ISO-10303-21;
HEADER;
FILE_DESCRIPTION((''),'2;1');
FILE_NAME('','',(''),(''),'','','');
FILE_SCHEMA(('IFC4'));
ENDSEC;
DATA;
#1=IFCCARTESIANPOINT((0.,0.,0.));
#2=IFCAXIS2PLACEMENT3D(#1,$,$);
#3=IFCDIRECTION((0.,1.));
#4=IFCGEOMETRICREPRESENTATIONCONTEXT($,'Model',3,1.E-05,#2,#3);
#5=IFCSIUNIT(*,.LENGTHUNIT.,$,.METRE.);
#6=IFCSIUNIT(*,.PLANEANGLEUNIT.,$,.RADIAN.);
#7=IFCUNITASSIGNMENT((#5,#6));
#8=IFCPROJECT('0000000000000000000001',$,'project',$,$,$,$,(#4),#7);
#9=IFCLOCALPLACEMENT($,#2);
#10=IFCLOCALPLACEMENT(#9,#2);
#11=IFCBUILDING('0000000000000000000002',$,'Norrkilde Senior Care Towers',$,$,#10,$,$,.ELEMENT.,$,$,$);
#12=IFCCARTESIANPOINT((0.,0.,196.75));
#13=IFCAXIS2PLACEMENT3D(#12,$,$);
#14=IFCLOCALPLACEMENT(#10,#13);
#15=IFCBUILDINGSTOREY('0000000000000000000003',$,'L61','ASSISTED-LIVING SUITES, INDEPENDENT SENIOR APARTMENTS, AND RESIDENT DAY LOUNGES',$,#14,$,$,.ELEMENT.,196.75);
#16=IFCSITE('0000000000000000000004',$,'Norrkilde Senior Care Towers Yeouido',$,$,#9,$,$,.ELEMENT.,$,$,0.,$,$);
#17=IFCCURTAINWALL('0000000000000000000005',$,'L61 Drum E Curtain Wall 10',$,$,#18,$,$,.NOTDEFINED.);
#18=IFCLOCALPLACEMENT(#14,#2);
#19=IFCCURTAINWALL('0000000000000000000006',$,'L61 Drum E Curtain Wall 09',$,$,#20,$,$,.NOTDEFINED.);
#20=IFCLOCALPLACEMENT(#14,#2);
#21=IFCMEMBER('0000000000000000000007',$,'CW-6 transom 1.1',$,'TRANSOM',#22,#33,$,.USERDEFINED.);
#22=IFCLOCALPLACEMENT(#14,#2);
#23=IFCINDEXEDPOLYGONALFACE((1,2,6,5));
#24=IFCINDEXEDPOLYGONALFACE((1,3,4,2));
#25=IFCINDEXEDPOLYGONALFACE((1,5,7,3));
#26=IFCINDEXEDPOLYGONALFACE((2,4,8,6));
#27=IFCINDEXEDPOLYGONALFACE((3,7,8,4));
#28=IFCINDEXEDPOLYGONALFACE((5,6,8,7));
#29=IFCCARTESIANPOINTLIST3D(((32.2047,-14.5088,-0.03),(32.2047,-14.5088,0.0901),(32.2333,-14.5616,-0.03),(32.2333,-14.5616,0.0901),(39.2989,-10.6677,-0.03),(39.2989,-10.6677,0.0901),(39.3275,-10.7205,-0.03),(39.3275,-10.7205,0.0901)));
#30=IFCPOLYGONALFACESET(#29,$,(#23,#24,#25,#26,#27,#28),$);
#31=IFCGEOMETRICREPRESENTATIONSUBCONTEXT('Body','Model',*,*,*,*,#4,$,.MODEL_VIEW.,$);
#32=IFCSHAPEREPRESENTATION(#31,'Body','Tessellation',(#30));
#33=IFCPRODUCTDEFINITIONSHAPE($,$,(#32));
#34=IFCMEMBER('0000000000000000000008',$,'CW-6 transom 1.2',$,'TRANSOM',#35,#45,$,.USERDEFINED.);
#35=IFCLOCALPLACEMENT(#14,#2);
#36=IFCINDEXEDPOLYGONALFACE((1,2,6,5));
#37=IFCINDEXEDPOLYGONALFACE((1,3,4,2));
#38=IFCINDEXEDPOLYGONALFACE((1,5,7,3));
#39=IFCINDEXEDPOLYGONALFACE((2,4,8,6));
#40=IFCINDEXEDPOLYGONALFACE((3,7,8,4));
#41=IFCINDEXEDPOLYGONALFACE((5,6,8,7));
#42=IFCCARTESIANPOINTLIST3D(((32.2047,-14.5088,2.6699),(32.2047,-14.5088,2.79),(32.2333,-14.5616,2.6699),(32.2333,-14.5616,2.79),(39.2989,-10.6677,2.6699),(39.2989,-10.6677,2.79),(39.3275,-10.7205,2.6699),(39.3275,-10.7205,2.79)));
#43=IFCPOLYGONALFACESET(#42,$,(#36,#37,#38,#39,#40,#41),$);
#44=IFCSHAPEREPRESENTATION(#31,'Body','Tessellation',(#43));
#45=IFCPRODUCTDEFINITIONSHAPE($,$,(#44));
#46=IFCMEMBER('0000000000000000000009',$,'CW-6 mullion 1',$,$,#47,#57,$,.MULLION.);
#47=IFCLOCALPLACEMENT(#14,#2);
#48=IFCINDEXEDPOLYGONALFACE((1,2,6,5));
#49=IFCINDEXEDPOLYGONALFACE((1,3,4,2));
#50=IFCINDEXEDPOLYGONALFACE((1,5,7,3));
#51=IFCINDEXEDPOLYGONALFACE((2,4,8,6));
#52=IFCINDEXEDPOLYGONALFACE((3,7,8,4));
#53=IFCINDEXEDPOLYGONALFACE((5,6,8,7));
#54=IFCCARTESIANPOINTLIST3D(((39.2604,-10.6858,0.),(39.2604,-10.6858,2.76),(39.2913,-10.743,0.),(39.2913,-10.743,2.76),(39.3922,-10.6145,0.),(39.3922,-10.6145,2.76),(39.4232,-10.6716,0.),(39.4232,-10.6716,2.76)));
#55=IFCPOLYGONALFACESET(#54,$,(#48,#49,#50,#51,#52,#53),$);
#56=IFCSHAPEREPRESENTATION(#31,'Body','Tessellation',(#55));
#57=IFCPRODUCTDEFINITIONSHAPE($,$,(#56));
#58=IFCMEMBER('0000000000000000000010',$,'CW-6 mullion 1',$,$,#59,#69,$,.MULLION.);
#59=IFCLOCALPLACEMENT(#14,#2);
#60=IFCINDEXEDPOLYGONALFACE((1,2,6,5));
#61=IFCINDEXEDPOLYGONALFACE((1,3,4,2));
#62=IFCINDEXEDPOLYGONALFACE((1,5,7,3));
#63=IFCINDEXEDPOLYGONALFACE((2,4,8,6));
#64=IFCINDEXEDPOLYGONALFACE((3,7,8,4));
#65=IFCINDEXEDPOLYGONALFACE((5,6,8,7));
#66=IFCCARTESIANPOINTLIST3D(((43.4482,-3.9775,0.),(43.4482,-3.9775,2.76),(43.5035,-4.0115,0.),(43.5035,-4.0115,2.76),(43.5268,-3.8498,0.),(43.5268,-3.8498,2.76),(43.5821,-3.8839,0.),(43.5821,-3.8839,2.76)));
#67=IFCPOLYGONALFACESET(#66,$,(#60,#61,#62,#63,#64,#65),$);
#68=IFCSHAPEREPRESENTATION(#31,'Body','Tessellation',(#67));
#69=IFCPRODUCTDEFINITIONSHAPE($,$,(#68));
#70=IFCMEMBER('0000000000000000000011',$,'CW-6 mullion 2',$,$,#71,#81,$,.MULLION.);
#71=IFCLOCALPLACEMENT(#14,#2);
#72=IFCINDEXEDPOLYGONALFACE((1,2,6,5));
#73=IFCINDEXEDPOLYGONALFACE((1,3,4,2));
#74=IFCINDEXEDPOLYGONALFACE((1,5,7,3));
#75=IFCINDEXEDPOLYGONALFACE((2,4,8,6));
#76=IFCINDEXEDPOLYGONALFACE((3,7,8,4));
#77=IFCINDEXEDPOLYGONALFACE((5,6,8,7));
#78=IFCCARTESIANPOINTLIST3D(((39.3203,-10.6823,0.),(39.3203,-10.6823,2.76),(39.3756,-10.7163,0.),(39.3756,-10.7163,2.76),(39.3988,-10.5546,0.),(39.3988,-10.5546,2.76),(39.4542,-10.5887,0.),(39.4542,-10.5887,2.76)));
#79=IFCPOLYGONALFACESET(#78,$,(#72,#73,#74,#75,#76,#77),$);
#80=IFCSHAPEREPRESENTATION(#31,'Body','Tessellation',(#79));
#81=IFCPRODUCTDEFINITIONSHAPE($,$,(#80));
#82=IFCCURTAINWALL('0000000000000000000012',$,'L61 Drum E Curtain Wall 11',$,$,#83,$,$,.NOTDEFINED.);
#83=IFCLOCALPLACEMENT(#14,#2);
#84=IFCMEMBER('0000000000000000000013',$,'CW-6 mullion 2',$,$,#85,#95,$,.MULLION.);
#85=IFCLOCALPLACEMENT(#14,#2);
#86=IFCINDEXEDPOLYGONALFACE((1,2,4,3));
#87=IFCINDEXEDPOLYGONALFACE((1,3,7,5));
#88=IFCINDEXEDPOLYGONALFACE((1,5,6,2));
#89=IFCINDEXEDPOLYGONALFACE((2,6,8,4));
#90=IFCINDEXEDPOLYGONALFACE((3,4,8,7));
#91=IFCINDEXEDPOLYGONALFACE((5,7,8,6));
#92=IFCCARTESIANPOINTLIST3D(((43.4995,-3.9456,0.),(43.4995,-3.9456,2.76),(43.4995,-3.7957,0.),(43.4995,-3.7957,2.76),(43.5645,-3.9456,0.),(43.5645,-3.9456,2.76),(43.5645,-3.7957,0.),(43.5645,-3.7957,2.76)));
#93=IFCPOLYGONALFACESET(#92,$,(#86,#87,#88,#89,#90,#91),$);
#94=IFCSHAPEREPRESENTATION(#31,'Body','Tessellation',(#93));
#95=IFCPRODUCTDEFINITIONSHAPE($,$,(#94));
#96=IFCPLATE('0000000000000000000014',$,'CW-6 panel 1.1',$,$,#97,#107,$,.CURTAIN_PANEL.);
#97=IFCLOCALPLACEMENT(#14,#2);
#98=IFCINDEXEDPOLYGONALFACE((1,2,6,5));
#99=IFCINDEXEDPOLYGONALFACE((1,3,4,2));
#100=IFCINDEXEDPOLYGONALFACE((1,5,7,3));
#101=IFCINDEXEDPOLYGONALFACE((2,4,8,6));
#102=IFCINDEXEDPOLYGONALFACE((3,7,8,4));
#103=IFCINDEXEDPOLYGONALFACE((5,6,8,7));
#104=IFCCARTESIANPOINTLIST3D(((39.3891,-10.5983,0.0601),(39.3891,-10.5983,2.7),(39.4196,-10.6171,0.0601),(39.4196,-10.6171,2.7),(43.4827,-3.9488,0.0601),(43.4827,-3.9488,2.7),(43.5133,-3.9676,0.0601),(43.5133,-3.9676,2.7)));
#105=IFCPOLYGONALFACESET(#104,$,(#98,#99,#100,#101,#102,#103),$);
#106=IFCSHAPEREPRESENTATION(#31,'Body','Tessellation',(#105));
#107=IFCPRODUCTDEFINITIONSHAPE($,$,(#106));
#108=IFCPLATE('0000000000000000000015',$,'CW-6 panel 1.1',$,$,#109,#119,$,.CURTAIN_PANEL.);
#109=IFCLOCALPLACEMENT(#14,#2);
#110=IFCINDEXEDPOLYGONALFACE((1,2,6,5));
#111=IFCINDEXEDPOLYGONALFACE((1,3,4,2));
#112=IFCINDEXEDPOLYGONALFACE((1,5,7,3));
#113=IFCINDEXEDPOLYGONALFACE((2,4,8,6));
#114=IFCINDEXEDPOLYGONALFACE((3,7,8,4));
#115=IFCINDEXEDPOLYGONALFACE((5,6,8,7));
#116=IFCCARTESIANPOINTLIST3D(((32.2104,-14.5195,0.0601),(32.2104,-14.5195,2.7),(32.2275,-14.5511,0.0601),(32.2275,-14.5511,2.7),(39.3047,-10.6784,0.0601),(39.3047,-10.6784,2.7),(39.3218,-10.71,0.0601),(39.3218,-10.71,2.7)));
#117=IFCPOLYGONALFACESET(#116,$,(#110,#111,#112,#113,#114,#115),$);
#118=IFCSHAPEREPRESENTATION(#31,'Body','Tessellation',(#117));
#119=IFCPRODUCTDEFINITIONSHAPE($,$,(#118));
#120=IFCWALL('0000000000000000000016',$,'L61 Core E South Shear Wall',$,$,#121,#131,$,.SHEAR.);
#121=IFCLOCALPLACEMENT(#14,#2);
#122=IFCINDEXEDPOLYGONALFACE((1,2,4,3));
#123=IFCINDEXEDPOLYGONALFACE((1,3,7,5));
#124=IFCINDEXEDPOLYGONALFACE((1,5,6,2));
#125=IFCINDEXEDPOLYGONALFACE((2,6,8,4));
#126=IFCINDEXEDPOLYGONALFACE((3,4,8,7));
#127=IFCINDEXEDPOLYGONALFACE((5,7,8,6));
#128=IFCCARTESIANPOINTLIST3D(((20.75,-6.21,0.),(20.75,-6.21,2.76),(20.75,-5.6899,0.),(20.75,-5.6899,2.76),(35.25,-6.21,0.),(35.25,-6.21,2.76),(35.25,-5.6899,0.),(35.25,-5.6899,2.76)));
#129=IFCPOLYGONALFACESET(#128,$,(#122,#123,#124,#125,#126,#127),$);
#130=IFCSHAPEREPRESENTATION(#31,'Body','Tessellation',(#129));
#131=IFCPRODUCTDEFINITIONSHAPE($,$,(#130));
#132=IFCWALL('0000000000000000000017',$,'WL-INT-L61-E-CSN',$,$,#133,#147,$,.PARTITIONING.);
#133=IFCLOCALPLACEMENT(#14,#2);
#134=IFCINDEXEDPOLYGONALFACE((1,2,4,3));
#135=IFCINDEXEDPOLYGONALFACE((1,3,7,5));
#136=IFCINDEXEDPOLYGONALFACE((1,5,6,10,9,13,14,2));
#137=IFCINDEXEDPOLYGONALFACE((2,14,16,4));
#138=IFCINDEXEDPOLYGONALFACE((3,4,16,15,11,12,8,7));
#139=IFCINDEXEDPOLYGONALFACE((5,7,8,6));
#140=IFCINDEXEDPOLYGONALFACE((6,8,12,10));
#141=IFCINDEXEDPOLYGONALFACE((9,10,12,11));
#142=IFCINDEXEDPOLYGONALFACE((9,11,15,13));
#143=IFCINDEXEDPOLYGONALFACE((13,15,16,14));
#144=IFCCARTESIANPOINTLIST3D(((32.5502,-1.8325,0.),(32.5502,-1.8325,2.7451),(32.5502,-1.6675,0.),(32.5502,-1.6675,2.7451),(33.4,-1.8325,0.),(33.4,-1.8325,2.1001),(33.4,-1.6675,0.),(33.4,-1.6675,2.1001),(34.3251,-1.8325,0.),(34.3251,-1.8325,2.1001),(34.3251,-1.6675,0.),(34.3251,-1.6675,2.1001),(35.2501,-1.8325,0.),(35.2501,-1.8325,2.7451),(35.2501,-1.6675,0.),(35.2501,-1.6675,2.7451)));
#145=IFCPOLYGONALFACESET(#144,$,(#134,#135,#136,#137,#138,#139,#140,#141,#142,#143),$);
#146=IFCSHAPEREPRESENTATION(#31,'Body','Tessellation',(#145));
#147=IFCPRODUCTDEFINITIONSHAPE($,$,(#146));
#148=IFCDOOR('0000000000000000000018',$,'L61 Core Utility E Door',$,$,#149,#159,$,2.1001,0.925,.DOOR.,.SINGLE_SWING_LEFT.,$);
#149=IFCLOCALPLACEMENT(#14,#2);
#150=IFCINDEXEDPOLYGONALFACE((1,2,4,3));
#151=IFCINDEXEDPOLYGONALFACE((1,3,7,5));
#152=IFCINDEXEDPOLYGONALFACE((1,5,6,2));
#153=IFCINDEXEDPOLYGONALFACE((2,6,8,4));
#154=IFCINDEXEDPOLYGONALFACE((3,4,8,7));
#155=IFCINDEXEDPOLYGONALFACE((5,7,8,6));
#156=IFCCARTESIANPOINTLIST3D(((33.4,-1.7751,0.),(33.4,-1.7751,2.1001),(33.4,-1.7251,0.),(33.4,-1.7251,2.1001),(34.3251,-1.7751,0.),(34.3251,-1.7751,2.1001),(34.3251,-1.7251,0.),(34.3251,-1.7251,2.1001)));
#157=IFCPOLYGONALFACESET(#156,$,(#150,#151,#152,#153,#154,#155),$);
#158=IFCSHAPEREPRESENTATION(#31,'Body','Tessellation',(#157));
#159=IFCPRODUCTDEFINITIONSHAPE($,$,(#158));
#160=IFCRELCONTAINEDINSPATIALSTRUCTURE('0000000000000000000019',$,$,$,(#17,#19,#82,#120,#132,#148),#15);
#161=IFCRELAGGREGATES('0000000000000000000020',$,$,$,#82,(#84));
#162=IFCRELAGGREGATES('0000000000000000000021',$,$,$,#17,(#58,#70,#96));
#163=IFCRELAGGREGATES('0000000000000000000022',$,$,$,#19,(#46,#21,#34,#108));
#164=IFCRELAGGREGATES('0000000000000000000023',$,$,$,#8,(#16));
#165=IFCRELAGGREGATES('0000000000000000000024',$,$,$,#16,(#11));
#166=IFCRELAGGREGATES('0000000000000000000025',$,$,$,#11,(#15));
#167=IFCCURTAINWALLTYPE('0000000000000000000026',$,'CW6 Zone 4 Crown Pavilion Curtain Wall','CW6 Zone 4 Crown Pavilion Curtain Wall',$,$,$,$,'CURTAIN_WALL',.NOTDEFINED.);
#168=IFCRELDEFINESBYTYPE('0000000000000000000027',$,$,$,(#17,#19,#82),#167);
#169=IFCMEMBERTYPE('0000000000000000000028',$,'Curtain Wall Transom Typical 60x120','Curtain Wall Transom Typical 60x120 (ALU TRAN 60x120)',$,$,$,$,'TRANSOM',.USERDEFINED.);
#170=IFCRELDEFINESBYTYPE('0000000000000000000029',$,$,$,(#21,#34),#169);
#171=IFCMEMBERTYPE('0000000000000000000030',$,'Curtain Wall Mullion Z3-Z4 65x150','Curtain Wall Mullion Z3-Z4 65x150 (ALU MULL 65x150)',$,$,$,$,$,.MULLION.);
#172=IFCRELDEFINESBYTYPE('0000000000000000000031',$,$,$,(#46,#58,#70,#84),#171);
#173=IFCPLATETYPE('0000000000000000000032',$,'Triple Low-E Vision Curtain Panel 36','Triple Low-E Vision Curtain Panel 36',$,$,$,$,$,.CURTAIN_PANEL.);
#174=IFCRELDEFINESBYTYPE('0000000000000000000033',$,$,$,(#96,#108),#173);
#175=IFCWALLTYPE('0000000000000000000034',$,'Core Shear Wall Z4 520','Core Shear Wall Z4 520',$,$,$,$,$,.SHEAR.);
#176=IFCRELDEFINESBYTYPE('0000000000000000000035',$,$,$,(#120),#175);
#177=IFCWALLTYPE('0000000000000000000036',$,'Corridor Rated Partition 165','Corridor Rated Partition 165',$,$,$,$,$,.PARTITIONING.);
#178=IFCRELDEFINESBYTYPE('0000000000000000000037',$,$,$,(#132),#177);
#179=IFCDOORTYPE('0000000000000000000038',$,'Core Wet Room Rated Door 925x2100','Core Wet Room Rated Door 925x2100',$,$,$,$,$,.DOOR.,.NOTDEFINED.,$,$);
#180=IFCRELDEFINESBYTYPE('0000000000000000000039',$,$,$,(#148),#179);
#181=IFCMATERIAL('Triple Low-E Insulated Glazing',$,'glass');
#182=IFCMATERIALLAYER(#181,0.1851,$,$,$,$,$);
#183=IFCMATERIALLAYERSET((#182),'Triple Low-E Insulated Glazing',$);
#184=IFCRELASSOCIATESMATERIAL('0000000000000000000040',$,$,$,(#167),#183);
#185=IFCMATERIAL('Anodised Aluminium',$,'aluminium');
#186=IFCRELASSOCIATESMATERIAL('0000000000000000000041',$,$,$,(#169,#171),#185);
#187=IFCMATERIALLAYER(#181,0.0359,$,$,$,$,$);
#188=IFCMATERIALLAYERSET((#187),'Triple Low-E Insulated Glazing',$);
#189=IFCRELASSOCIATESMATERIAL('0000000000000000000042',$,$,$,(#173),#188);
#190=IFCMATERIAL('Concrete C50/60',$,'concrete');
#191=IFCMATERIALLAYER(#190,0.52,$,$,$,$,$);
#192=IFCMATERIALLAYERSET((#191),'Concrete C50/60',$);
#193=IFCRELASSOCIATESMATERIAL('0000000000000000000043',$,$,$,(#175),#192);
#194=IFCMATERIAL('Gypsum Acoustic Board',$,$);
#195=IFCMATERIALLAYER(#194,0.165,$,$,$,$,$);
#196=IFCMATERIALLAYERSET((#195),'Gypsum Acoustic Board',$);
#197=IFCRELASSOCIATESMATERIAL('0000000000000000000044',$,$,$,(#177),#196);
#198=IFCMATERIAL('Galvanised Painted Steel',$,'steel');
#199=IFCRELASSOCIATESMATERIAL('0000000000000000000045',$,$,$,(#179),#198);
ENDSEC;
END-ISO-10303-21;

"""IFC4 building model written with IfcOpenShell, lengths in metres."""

from ifc_helpers import new_model, si_unit, direction, frame, frame_2d, origin, origin_2d, place, context, subcontext, project, spatial, rectangle, extrude, source, transform, mapped, material, layer, layer_set, material_profile, profile_set, type_object, type_shapes, element, fill, aggregate, save


model = new_model("IFC4")

# Units and contexts
model_context = context("Model", 3, precision=1e-05, world=origin(), true_north=direction((0.0, 1.0)))
body_context = subcontext(model_context, "Body", "Model", "MODEL_VIEW")
ifc_project = project(units=[si_unit("LENGTHUNIT", "METRE"), si_unit("PLANEANGLEUNIT", "RADIAN")], contexts=[model_context])

# Site, building, storey
site_placement = place(None, origin())
site = spatial("IfcSite", under=ifc_project, at=site_placement, Name="Norrkilde Senior Care Towers Yeouido", CompositionType="ELEMENT", RefElevation=0.0)
building_placement = place(site_placement, origin())
building = spatial("IfcBuilding", under=site, at=building_placement, Name="Norrkilde Senior Care Towers", CompositionType="ELEMENT")
storey_placement = place(building_placement, frame((0.0, 0.0, 196.75)))
storey = spatial("IfcBuildingStorey", under=building, at=storey_placement, Name="L61", Description="ASSISTED-LIVING SUITES, INDEPENDENT SENIOR APARTMENTS, AND RESIDENT DAY LOUNGES", CompositionType="ELEMENT", Elevation=196.75)

# Shared definitions
ifc_material_1 = material(Name="Concrete C50/60", Category="concrete")

# Curtain walls, members
ifc_material_2 = material(Name="Triple Low-E Insulated Glazing", Category="glass")
ifc_layer_1 = layer(ifc_material_2, 0.1851)
ifc_layer_set_1 = layer_set([ifc_layer_1], Name="Triple Low-E Insulated Glazing")
curtain_wall_type = type_object("IfcCurtainWallType", Name="CW6 Zone 4 Crown Pavilion Curtain Wall", Description="CW6 Zone 4 Crown Pavilion Curtain Wall", ElementType="CURTAIN_WALL", PredefinedType="NOTDEFINED", material=ifc_layer_set_1)
curtain_wall_1_placement = place(storey_placement, origin())
curtain_wall_1 = element("IfcCurtainWall", 1, at=curtain_wall_1_placement, inside=storey, type_object=curtain_wall_type, Name="L61 Drum E Curtain Wall 10", PredefinedType="NOTDEFINED")
ifc_material_3 = material(Name="Anodised Aluminium", Category="aluminium")
ifc_material_profile_1 = material_profile(ifc_material_3, rectangle(XDim=0.0601, YDim=0.1201, at=origin_2d()), Name="ALU TRAN 60x120")
ifc_profile_set_1 = profile_set([ifc_material_profile_1], Name="Anodised Aluminium")
member_type_1 = type_object("IfcMemberType", Name="Curtain Wall Transom Typical 60x120", Description="Curtain Wall Transom Typical 60x120 (ALU TRAN 60x120)", ElementType="TRANSOM", PredefinedType="USERDEFINED", material=ifc_profile_set_1)
curtain_wall_2_placement = place(storey_placement, origin())
curtain_wall_2 = element("IfcCurtainWall", 2, at=curtain_wall_2_placement, inside=storey, type_object=curtain_wall_type, Name="L61 Drum E Curtain Wall 09", PredefinedType="NOTDEFINED")
shared_shape_1 = source(origin(), body_context, "Body", "SweptSolid", [
    extrude(rectangle(XDim=0.0601, YDim=0.1201, at=origin_2d()), origin(), (0.0, 0.0, 1.0), 8.0674),
])
member_1_placement = place(storey_placement, frame((39.3132, -10.6941, 0.03), z_axis=(-0.879378, -0.476125, 0.0), x_axis=(0.476125, -0.879378, 0.0)))
member_1 = element("IfcMember", 3, at=member_1_placement, type_object=member_type_1, Name="CW-6 transom 1.1", ObjectType="TRANSOM", PredefinedType="USERDEFINED", context=body_context, shape_type="MappedRepresentation", body=[
    mapped(shared_shape_1, transform((0.0, 0.0, 0.0), x_axis=(1.0, 0.0, 0.0), y_axis=(0.0, 1.0, 0.0), z_axis=(0.0, 0.0, 1.0), scale=1.0)),
])
member_2_placement = place(storey_placement, frame((39.3132, -10.6941, 2.73), z_axis=(-0.879378, -0.476125, 0.0), x_axis=(0.476125, -0.879378, 0.0)))
member_2 = element("IfcMember", 4, at=member_2_placement, type_object=member_type_1, Name="CW-6 transom 1.2", ObjectType="TRANSOM", PredefinedType="USERDEFINED", context=body_context, shape_type="MappedRepresentation", body=[
    mapped(shared_shape_1, transform((0.0, 0.0, 0.0), x_axis=(1.0, 0.0, 0.0), y_axis=(0.0, 1.0, 0.0), z_axis=(0.0, 0.0, 1.0), scale=1.0)),
])
ifc_material_profile_2 = material_profile(ifc_material_3, rectangle(XDim=0.0649, YDim=0.1499, at=origin_2d()), Name="ALU MULL 65x150")
ifc_profile_set_2 = profile_set([ifc_material_profile_2], Name="Anodised Aluminium")
member_type_2 = type_object("IfcMemberType", Name="Curtain Wall Mullion Z3-Z4 65x150", Description="Curtain Wall Mullion Z3-Z4 65x150 (ALU MULL 65x150)", PredefinedType="MULLION", material=ifc_profile_set_2)
shared_shape_2 = source(origin(), body_context, "Body", "SweptSolid", [
    extrude(rectangle(XDim=0.0649, YDim=0.1499, at=origin_2d()), origin(), (0.0, 0.0, 1.0), 2.76),
])
type_shapes(member_type_2, [shared_shape_2])
member_3_placement = place(storey_placement, frame((39.3418, -10.6787, 0.0), z_axis=(0.0, 0.0, 1.0), x_axis=(0.476133, -0.879373, 0.0)))
member_3 = element("IfcMember", 5, at=member_3_placement, type_object=member_type_2, Name="CW-6 mullion 1", PredefinedType="MULLION", context=body_context, shape_type="MappedRepresentation", body=[
    mapped(shared_shape_2, transform((0.0, 0.0, 0.0), x_axis=(1.0, 0.0, 0.0), y_axis=(0.0, 1.0, 0.0), z_axis=(0.0, 0.0, 1.0), scale=1.0)),
])

# Members
member_4_placement = place(storey_placement, frame((43.5151, -3.9307, 0.0), z_axis=(0.0, 0.0, 1.0), x_axis=(0.851563, -0.524253, 0.0)))
member_4 = element("IfcMember", 6, at=member_4_placement, type_object=member_type_2, Name="CW-6 mullion 1", PredefinedType="MULLION", context=body_context, shape_type="MappedRepresentation", body=[
    mapped(shared_shape_2, transform((0.0, 0.0, 0.0), x_axis=(1.0, 0.0, 0.0), y_axis=(0.0, 1.0, 0.0), z_axis=(0.0, 0.0, 1.0), scale=1.0)),
])
member_5_placement = place(storey_placement, frame((39.3872, -10.6355, 0.0), z_axis=(0.0, 0.0, 1.0), x_axis=(0.851563, -0.524253, 0.0)))
member_5 = element("IfcMember", 7, at=member_5_placement, type_object=member_type_2, Name="CW-6 mullion 2", PredefinedType="MULLION", context=body_context, shape_type="MappedRepresentation", body=[
    mapped(shared_shape_2, transform((0.0, 0.0, 0.0), x_axis=(1.0, 0.0, 0.0), y_axis=(0.0, 1.0, 0.0), z_axis=(0.0, 0.0, 1.0), scale=1.0)),
])

# Curtain wall, member
curtain_wall_3_placement = place(storey_placement, origin())
curtain_wall_3 = element("IfcCurtainWall", 8, at=curtain_wall_3_placement, inside=storey, type_object=curtain_wall_type, Name="L61 Drum E Curtain Wall 11", PredefinedType="NOTDEFINED")
member_6_placement = place(storey_placement, frame((43.532, -3.8706, 0.0), z_axis=(0.0, 0.0, 1.0), x_axis=(1.0, 0.0, 0.0)))
member_6 = element("IfcMember", 9, at=member_6_placement, type_object=member_type_2, Name="CW-6 mullion 2", PredefinedType="MULLION", context=body_context, shape_type="MappedRepresentation", body=[
    mapped(shared_shape_2, transform((0.0, 0.0, 0.0), x_axis=(1.0, 0.0, 0.0), y_axis=(0.0, 1.0, 0.0), z_axis=(0.0, 0.0, 1.0), scale=1.0)),
])
aggregate(curtain_wall_3, [member_6])

# Plates
ifc_layer_2 = layer(ifc_material_2, 0.0359)
ifc_layer_set_2 = layer_set([ifc_layer_2], Name="Triple Low-E Insulated Glazing")
plate_type = type_object("IfcPlateType", Name="Triple Low-E Vision Curtain Panel 36", Description="Triple Low-E Vision Curtain Panel 36", PredefinedType="CURTAIN_PANEL", material=ifc_layer_set_2)
shared_shape_3 = source(origin(), body_context, "Body", "SweptSolid", [
    extrude(rectangle(XDim=7.8086, YDim=0.0359, at=origin_2d()), origin(), (0.0, 0.0, 1.0), 2.6399),
])
plate_1_placement = place(storey_placement, frame((41.4512, -7.283, 0.0601), z_axis=(0.0, 0.0, 1.0), x_axis=(-0.524253, -0.851563, 0.0)))
plate_1 = element("IfcPlate", 10, at=plate_1_placement, type_object=plate_type, Name="CW-6 panel 1.1", PredefinedType="CURTAIN_PANEL", context=body_context, shape_type="MappedRepresentation", body=[
    mapped(shared_shape_3, transform((0.0, 0.0, 0.0), x_axis=(1.0, 0.0, 0.0), y_axis=(0.0, 1.0, 0.0), z_axis=(0.0, 0.0, 1.0), scale=1.0)),
])
aggregate(curtain_wall_1, [member_4, member_5, plate_1])
shared_shape_4 = source(origin(), body_context, "Body", "SweptSolid", [
    extrude(rectangle(XDim=8.0674, YDim=0.0359, at=origin_2d()), origin(), (0.0, 0.0, 1.0), 2.6399),
])
type_shapes(plate_type, [shared_shape_3, shared_shape_4])
plate_2_placement = place(storey_placement, frame((35.7661, -12.6147, 0.0601), z_axis=(0.0, 0.0, 1.0), x_axis=(-0.879373, -0.476133, 0.0)))
plate_2 = element("IfcPlate", 11, at=plate_2_placement, type_object=plate_type, Name="CW-6 panel 1.1", PredefinedType="CURTAIN_PANEL", context=body_context, shape_type="MappedRepresentation", body=[
    mapped(shared_shape_4, transform((0.0, 0.0, 0.0), x_axis=(1.0, 0.0, 0.0), y_axis=(0.0, 1.0, 0.0), z_axis=(0.0, 0.0, 1.0), scale=1.0)),
])
aggregate(curtain_wall_2, [member_3, member_1, member_2, plate_2])

# Wall
ifc_layer_3 = layer(ifc_material_1, 0.52)
ifc_layer_set_3 = layer_set([ifc_layer_3], Name="Concrete C50/60")
wall_type_1 = type_object("IfcWallType", Name="Core Shear Wall Z4 520", Description="Core Shear Wall Z4 520", PredefinedType="SHEAR", material=ifc_layer_set_3)
shared_shape_5 = source(origin(), body_context, "Body", "SweptSolid", [
    extrude(rectangle(XDim=14.5, YDim=0.52, at=frame_2d((7.25, 0.0))), origin(), (0.0, 0.0, 1.0), 2.76),
])
type_shapes(wall_type_1, [shared_shape_5])
wall_1_placement = place(storey_placement, frame((35.25, -5.95, 0.0), z_axis=(0.0, 0.0, 1.0), x_axis=(-1.0, 0.0, 0.0)))
element("IfcWall", 12, at=wall_1_placement, inside=storey, type_object=wall_type_1, Name="L61 Core E South Shear Wall", PredefinedType="SHEAR", context=body_context, shape_type="MappedRepresentation", body=[
    mapped(shared_shape_5, transform((0.0, 0.0, 0.0), x_axis=(1.0, 0.0, 0.0), y_axis=(0.0, 1.0, 0.0), z_axis=(0.0, 0.0, 1.0), scale=1.0)),
])

# Wall, opening, door
ifc_material_4 = material(Name="Gypsum Acoustic Board")
ifc_layer_4 = layer(ifc_material_4, 0.165)
ifc_layer_set_4 = layer_set([ifc_layer_4], Name="Gypsum Acoustic Board")
wall_type_2 = type_object("IfcWallType", Name="Corridor Rated Partition 165", Description="Corridor Rated Partition 165", PredefinedType="PARTITIONING", material=ifc_layer_set_4)
shared_shape_6 = source(origin(), body_context, "Body", "SweptSolid", [
    extrude(rectangle(XDim=2.7, YDim=0.165, at=frame_2d((1.3501, 0.0))), origin(), (0.0, 0.0, 1.0), 2.7451),
])
wall_2_placement = place(storey_placement, frame((32.55, -1.75, 0.0), z_axis=(0.0, 0.0, 1.0), x_axis=(1.0, 0.0, 0.0)))
wall_2 = element("IfcWall", 13, at=wall_2_placement, inside=storey, type_object=wall_type_2, Name="WL-INT-L61-E-CSN", PredefinedType="PARTITIONING", context=body_context, shape_type="MappedRepresentation", body=[
    mapped(shared_shape_6, transform((0.0, 0.0, 0.0), x_axis=(1.0, 0.0, 0.0), y_axis=(0.0, 1.0, 0.0), z_axis=(0.0, 0.0, 1.0), scale=1.0)),
])
opening_1_placement = place(wall_2_placement, frame((0.8501, 0.0, 0.0)))
opening_1 = element("IfcOpeningElement", 14, at=opening_1_placement, cuts=wall_2, PredefinedType="OPENING", context=body_context, shape_type="SweptSolid", body=[
    extrude(rectangle(XDim=0.925, YDim=2.1001, at=frame_2d((0.4624, 1.05))), frame((0.0, 0.0925, 0.0), z_axis=(0.0, -1.0, 0.0), x_axis=(1.0, 0.0, 0.0)), (0.0, 0.0, 1.0), 0.1851),
])
ifc_material_5 = material(Name="Galvanised Painted Steel", Category="steel")
door_type_1 = type_object("IfcDoorType", Name="Core Wet Room Rated Door 925x2100", Description="Core Wet Room Rated Door 925x2100", OperationType="NOTDEFINED", PredefinedType="DOOR", material=ifc_material_5)
shared_shape_7 = source(origin(), body_context, "Body", "SweptSolid", [
    extrude(rectangle(XDim=0.925, YDim=2.1001, at=frame_2d((0.4624, 1.05))), frame((0.0, 0.0249, 0.0), z_axis=(0.0, -1.0, 0.0), x_axis=(1.0, 0.0, 0.0)), (0.0, 0.0, 1.0), 0.05),
])
type_shapes(door_type_1, [shared_shape_7])
door_1_placement = place(opening_1_placement, origin())
door_1 = element("IfcDoor", 15, at=door_1_placement, inside=storey, type_object=door_type_1, Name="L61 Core Utility E Door", OperationType="SINGLE_SWING_LEFT", OverallHeight=2.1001, OverallWidth=0.925, PredefinedType="DOOR", context=body_context, shape_type="MappedRepresentation", body=[
    mapped(shared_shape_7, transform((0.0, 0.0, 0.0), x_axis=(1.0, 0.0, 0.0), y_axis=(0.0, 1.0, 0.0), z_axis=(0.0, 0.0, 1.0), scale=1.0)),
])
fill(opening_1, door_1)

save(model, "model.ifc")
